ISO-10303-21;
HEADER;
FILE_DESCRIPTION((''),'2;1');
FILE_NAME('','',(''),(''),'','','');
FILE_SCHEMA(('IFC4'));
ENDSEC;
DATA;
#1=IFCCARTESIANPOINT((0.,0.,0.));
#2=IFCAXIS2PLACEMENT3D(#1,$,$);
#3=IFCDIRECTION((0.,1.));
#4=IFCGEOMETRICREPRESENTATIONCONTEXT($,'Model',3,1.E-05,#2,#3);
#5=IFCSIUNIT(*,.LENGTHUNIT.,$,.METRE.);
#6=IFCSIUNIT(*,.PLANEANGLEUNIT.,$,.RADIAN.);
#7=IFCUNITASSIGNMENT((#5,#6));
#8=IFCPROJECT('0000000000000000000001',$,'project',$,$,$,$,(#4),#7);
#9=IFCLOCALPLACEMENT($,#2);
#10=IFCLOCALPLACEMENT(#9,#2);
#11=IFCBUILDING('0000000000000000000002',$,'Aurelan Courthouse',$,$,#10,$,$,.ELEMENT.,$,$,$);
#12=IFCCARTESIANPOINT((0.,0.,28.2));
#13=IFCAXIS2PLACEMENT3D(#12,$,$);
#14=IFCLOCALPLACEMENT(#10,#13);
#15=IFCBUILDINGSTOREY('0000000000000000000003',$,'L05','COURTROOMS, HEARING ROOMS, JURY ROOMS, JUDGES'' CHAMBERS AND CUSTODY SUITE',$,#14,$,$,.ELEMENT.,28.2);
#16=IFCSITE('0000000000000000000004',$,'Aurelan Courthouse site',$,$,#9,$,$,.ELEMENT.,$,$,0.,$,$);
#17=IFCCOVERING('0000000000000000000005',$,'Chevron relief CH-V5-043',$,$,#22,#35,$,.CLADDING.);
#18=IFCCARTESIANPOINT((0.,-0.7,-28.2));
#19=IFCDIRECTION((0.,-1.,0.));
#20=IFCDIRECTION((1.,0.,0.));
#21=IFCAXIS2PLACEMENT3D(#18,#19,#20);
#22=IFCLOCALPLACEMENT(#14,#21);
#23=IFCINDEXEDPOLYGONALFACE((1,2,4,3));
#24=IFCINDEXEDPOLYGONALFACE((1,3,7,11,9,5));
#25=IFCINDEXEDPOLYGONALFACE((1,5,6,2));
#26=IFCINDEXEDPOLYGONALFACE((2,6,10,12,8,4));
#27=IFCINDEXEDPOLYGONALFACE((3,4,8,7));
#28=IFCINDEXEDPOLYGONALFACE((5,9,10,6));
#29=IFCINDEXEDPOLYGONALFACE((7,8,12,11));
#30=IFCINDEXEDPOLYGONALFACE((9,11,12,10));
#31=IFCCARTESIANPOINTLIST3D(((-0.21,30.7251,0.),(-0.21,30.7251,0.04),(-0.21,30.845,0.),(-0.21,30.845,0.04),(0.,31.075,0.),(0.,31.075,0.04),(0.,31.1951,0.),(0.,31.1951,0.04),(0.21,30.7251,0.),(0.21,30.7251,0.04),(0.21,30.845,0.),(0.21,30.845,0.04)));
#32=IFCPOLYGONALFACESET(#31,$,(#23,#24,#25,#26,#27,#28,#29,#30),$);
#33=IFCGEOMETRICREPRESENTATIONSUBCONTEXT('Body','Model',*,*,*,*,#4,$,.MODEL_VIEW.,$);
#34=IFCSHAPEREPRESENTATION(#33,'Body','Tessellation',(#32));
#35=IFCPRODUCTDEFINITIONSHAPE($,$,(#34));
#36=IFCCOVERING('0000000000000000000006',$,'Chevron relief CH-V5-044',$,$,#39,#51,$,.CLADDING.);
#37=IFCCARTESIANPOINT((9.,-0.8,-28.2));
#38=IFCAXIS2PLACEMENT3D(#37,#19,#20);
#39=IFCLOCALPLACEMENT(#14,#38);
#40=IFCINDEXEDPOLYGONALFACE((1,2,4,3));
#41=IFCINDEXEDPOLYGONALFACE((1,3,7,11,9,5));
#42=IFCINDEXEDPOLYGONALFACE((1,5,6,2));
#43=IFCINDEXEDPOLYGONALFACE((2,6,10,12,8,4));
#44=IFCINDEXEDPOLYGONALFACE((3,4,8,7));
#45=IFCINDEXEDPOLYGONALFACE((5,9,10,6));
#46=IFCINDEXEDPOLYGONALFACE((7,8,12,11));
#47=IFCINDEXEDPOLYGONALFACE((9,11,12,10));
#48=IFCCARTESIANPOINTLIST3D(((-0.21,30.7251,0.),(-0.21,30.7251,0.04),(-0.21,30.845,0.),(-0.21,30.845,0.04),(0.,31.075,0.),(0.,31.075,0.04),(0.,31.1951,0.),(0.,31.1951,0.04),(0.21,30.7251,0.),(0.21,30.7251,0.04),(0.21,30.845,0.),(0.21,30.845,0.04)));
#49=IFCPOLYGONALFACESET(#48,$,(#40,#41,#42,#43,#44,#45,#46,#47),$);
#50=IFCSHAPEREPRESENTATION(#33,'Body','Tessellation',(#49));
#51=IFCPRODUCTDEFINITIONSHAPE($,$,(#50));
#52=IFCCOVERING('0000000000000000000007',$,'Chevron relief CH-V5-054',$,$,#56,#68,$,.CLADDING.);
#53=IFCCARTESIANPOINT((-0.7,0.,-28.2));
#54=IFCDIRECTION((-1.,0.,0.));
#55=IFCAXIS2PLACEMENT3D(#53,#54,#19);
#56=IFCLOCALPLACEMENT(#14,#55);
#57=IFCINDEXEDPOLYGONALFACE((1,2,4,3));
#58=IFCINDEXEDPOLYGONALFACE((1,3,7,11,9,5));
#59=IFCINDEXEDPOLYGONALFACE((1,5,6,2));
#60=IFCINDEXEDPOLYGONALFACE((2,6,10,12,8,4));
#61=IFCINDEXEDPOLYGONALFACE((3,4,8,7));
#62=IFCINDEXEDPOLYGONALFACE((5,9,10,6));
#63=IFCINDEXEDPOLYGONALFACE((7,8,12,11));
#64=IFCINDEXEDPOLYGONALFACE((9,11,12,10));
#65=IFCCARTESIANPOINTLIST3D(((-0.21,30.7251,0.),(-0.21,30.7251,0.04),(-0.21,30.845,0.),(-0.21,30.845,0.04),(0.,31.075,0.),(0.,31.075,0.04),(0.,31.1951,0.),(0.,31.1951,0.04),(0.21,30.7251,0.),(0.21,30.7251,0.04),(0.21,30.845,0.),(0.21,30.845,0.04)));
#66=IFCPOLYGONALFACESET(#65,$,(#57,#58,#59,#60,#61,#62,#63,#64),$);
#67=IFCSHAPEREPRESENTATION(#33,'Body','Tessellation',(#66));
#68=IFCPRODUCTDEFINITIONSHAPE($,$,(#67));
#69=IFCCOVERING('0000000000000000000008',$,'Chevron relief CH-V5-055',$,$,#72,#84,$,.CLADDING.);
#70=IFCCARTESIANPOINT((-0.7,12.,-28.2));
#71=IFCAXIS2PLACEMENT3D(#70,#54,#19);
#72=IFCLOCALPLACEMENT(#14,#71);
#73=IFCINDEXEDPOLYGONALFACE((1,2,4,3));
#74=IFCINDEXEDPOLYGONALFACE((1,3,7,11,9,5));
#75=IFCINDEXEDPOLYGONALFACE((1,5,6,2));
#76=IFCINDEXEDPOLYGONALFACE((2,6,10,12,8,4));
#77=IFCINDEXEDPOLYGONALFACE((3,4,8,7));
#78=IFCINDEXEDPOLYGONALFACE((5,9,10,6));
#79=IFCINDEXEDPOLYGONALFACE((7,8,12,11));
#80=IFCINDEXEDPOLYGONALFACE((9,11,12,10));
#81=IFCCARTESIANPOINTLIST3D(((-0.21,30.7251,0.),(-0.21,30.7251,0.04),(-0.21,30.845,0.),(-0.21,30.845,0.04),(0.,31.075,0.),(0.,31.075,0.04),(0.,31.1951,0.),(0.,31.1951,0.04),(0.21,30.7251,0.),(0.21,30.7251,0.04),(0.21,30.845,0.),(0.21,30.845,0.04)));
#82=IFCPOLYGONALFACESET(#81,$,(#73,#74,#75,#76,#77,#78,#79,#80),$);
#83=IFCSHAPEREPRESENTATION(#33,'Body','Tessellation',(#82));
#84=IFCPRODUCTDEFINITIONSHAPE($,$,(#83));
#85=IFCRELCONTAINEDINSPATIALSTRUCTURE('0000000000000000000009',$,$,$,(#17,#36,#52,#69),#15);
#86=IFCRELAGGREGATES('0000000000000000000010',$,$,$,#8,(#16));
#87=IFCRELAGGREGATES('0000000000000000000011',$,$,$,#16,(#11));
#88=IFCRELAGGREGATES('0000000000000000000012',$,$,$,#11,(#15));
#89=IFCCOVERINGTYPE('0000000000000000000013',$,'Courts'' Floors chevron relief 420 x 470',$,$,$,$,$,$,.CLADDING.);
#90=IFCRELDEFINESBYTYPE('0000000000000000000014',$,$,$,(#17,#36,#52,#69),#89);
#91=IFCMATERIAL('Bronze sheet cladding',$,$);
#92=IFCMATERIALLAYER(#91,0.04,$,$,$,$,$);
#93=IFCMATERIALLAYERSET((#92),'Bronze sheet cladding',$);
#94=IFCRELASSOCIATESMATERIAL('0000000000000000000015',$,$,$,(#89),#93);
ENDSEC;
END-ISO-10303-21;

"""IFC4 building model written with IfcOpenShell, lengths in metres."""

from ifc_helpers import new_model, si_unit, direction, frame, origin, place, context, subcontext, project, spatial, polyline, outline, extrude, material, layer, layer_set, type_object, element, save


model = new_model("IFC4")

# Units and contexts
model_context = context("Model", 3, precision=1e-05, world=origin(), true_north=direction((0.0, 1.0)))
body_context = subcontext(model_context, "Body", "Model", "MODEL_VIEW")
ifc_project = project(units=[si_unit("LENGTHUNIT", "METRE"), si_unit("PLANEANGLEUNIT", "RADIAN")], contexts=[model_context])

# Site, building, storey
site_placement = place(None, origin())
site = spatial("IfcSite", under=ifc_project, at=site_placement, Name="Aurelan Courthouse site", CompositionType="ELEMENT", RefElevation=0.0)
building_placement = place(site_placement, origin())
building = spatial("IfcBuilding", under=site, at=building_placement, Name="Aurelan Courthouse", CompositionType="ELEMENT")
storey_placement = place(building_placement, frame((0.0, 0.0, 28.2)))
storey = spatial("IfcBuildingStorey", under=building, at=storey_placement, Name="L05", Description="COURTROOMS, HEARING ROOMS, JURY ROOMS, JUDGES' CHAMBERS AND CUSTODY SUITE", CompositionType="ELEMENT", Elevation=28.2)

# Coverings
ifc_material_1 = material(Name="Bronze sheet cladding")
ifc_layer_1 = layer(ifc_material_1, 0.04)
ifc_layer_set_1 = layer_set([ifc_layer_1], Name="Bronze sheet cladding")
covering_type_1 = type_object("IfcCoveringType", Name="Courts' Floors chevron relief 420 x 470", PredefinedType="CLADDING", material=ifc_layer_set_1)
for number, where, z_axis, x_axis, name in (
    (1, (0.0, -0.7, -28.2), (0.0, -1.0, 0.0), (1.0, 0.0, 0.0), "Chevron relief CH-V5-043"),
    (2, (9.0, -0.8, -28.2), (0.0, -1.0, 0.0), (1.0, 0.0, 0.0), "Chevron relief CH-V5-044"),
    (3, (-0.7, 0.0, -28.2), (-1.0, 0.0, 0.0), (0.0, -1.0, 0.0), "Chevron relief CH-V5-054"),
    (4, (-0.7, 12.0, -28.2), (-1.0, 0.0, 0.0), (0.0, -1.0, 0.0), "Chevron relief CH-V5-055"),
):
    element("IfcCovering", number, at=place(storey_placement, frame(where, z_axis=z_axis, x_axis=x_axis)), inside=storey, type_object=covering_type_1, Name=name, PredefinedType="CLADDING", context=body_context, shape_type="SweptSolid", body=[
        extrude(outline(polyline([(-0.21, 30.7251), (0.0, 31.075), (0.21, 30.7251), (0.21, 30.845), (0.0, 31.1951), (-0.21, 30.845), (-0.21, 30.7251)])), origin(), (0.0, 0.0, 1.0), 0.04),
    ])

save(model, "model.ifc")
